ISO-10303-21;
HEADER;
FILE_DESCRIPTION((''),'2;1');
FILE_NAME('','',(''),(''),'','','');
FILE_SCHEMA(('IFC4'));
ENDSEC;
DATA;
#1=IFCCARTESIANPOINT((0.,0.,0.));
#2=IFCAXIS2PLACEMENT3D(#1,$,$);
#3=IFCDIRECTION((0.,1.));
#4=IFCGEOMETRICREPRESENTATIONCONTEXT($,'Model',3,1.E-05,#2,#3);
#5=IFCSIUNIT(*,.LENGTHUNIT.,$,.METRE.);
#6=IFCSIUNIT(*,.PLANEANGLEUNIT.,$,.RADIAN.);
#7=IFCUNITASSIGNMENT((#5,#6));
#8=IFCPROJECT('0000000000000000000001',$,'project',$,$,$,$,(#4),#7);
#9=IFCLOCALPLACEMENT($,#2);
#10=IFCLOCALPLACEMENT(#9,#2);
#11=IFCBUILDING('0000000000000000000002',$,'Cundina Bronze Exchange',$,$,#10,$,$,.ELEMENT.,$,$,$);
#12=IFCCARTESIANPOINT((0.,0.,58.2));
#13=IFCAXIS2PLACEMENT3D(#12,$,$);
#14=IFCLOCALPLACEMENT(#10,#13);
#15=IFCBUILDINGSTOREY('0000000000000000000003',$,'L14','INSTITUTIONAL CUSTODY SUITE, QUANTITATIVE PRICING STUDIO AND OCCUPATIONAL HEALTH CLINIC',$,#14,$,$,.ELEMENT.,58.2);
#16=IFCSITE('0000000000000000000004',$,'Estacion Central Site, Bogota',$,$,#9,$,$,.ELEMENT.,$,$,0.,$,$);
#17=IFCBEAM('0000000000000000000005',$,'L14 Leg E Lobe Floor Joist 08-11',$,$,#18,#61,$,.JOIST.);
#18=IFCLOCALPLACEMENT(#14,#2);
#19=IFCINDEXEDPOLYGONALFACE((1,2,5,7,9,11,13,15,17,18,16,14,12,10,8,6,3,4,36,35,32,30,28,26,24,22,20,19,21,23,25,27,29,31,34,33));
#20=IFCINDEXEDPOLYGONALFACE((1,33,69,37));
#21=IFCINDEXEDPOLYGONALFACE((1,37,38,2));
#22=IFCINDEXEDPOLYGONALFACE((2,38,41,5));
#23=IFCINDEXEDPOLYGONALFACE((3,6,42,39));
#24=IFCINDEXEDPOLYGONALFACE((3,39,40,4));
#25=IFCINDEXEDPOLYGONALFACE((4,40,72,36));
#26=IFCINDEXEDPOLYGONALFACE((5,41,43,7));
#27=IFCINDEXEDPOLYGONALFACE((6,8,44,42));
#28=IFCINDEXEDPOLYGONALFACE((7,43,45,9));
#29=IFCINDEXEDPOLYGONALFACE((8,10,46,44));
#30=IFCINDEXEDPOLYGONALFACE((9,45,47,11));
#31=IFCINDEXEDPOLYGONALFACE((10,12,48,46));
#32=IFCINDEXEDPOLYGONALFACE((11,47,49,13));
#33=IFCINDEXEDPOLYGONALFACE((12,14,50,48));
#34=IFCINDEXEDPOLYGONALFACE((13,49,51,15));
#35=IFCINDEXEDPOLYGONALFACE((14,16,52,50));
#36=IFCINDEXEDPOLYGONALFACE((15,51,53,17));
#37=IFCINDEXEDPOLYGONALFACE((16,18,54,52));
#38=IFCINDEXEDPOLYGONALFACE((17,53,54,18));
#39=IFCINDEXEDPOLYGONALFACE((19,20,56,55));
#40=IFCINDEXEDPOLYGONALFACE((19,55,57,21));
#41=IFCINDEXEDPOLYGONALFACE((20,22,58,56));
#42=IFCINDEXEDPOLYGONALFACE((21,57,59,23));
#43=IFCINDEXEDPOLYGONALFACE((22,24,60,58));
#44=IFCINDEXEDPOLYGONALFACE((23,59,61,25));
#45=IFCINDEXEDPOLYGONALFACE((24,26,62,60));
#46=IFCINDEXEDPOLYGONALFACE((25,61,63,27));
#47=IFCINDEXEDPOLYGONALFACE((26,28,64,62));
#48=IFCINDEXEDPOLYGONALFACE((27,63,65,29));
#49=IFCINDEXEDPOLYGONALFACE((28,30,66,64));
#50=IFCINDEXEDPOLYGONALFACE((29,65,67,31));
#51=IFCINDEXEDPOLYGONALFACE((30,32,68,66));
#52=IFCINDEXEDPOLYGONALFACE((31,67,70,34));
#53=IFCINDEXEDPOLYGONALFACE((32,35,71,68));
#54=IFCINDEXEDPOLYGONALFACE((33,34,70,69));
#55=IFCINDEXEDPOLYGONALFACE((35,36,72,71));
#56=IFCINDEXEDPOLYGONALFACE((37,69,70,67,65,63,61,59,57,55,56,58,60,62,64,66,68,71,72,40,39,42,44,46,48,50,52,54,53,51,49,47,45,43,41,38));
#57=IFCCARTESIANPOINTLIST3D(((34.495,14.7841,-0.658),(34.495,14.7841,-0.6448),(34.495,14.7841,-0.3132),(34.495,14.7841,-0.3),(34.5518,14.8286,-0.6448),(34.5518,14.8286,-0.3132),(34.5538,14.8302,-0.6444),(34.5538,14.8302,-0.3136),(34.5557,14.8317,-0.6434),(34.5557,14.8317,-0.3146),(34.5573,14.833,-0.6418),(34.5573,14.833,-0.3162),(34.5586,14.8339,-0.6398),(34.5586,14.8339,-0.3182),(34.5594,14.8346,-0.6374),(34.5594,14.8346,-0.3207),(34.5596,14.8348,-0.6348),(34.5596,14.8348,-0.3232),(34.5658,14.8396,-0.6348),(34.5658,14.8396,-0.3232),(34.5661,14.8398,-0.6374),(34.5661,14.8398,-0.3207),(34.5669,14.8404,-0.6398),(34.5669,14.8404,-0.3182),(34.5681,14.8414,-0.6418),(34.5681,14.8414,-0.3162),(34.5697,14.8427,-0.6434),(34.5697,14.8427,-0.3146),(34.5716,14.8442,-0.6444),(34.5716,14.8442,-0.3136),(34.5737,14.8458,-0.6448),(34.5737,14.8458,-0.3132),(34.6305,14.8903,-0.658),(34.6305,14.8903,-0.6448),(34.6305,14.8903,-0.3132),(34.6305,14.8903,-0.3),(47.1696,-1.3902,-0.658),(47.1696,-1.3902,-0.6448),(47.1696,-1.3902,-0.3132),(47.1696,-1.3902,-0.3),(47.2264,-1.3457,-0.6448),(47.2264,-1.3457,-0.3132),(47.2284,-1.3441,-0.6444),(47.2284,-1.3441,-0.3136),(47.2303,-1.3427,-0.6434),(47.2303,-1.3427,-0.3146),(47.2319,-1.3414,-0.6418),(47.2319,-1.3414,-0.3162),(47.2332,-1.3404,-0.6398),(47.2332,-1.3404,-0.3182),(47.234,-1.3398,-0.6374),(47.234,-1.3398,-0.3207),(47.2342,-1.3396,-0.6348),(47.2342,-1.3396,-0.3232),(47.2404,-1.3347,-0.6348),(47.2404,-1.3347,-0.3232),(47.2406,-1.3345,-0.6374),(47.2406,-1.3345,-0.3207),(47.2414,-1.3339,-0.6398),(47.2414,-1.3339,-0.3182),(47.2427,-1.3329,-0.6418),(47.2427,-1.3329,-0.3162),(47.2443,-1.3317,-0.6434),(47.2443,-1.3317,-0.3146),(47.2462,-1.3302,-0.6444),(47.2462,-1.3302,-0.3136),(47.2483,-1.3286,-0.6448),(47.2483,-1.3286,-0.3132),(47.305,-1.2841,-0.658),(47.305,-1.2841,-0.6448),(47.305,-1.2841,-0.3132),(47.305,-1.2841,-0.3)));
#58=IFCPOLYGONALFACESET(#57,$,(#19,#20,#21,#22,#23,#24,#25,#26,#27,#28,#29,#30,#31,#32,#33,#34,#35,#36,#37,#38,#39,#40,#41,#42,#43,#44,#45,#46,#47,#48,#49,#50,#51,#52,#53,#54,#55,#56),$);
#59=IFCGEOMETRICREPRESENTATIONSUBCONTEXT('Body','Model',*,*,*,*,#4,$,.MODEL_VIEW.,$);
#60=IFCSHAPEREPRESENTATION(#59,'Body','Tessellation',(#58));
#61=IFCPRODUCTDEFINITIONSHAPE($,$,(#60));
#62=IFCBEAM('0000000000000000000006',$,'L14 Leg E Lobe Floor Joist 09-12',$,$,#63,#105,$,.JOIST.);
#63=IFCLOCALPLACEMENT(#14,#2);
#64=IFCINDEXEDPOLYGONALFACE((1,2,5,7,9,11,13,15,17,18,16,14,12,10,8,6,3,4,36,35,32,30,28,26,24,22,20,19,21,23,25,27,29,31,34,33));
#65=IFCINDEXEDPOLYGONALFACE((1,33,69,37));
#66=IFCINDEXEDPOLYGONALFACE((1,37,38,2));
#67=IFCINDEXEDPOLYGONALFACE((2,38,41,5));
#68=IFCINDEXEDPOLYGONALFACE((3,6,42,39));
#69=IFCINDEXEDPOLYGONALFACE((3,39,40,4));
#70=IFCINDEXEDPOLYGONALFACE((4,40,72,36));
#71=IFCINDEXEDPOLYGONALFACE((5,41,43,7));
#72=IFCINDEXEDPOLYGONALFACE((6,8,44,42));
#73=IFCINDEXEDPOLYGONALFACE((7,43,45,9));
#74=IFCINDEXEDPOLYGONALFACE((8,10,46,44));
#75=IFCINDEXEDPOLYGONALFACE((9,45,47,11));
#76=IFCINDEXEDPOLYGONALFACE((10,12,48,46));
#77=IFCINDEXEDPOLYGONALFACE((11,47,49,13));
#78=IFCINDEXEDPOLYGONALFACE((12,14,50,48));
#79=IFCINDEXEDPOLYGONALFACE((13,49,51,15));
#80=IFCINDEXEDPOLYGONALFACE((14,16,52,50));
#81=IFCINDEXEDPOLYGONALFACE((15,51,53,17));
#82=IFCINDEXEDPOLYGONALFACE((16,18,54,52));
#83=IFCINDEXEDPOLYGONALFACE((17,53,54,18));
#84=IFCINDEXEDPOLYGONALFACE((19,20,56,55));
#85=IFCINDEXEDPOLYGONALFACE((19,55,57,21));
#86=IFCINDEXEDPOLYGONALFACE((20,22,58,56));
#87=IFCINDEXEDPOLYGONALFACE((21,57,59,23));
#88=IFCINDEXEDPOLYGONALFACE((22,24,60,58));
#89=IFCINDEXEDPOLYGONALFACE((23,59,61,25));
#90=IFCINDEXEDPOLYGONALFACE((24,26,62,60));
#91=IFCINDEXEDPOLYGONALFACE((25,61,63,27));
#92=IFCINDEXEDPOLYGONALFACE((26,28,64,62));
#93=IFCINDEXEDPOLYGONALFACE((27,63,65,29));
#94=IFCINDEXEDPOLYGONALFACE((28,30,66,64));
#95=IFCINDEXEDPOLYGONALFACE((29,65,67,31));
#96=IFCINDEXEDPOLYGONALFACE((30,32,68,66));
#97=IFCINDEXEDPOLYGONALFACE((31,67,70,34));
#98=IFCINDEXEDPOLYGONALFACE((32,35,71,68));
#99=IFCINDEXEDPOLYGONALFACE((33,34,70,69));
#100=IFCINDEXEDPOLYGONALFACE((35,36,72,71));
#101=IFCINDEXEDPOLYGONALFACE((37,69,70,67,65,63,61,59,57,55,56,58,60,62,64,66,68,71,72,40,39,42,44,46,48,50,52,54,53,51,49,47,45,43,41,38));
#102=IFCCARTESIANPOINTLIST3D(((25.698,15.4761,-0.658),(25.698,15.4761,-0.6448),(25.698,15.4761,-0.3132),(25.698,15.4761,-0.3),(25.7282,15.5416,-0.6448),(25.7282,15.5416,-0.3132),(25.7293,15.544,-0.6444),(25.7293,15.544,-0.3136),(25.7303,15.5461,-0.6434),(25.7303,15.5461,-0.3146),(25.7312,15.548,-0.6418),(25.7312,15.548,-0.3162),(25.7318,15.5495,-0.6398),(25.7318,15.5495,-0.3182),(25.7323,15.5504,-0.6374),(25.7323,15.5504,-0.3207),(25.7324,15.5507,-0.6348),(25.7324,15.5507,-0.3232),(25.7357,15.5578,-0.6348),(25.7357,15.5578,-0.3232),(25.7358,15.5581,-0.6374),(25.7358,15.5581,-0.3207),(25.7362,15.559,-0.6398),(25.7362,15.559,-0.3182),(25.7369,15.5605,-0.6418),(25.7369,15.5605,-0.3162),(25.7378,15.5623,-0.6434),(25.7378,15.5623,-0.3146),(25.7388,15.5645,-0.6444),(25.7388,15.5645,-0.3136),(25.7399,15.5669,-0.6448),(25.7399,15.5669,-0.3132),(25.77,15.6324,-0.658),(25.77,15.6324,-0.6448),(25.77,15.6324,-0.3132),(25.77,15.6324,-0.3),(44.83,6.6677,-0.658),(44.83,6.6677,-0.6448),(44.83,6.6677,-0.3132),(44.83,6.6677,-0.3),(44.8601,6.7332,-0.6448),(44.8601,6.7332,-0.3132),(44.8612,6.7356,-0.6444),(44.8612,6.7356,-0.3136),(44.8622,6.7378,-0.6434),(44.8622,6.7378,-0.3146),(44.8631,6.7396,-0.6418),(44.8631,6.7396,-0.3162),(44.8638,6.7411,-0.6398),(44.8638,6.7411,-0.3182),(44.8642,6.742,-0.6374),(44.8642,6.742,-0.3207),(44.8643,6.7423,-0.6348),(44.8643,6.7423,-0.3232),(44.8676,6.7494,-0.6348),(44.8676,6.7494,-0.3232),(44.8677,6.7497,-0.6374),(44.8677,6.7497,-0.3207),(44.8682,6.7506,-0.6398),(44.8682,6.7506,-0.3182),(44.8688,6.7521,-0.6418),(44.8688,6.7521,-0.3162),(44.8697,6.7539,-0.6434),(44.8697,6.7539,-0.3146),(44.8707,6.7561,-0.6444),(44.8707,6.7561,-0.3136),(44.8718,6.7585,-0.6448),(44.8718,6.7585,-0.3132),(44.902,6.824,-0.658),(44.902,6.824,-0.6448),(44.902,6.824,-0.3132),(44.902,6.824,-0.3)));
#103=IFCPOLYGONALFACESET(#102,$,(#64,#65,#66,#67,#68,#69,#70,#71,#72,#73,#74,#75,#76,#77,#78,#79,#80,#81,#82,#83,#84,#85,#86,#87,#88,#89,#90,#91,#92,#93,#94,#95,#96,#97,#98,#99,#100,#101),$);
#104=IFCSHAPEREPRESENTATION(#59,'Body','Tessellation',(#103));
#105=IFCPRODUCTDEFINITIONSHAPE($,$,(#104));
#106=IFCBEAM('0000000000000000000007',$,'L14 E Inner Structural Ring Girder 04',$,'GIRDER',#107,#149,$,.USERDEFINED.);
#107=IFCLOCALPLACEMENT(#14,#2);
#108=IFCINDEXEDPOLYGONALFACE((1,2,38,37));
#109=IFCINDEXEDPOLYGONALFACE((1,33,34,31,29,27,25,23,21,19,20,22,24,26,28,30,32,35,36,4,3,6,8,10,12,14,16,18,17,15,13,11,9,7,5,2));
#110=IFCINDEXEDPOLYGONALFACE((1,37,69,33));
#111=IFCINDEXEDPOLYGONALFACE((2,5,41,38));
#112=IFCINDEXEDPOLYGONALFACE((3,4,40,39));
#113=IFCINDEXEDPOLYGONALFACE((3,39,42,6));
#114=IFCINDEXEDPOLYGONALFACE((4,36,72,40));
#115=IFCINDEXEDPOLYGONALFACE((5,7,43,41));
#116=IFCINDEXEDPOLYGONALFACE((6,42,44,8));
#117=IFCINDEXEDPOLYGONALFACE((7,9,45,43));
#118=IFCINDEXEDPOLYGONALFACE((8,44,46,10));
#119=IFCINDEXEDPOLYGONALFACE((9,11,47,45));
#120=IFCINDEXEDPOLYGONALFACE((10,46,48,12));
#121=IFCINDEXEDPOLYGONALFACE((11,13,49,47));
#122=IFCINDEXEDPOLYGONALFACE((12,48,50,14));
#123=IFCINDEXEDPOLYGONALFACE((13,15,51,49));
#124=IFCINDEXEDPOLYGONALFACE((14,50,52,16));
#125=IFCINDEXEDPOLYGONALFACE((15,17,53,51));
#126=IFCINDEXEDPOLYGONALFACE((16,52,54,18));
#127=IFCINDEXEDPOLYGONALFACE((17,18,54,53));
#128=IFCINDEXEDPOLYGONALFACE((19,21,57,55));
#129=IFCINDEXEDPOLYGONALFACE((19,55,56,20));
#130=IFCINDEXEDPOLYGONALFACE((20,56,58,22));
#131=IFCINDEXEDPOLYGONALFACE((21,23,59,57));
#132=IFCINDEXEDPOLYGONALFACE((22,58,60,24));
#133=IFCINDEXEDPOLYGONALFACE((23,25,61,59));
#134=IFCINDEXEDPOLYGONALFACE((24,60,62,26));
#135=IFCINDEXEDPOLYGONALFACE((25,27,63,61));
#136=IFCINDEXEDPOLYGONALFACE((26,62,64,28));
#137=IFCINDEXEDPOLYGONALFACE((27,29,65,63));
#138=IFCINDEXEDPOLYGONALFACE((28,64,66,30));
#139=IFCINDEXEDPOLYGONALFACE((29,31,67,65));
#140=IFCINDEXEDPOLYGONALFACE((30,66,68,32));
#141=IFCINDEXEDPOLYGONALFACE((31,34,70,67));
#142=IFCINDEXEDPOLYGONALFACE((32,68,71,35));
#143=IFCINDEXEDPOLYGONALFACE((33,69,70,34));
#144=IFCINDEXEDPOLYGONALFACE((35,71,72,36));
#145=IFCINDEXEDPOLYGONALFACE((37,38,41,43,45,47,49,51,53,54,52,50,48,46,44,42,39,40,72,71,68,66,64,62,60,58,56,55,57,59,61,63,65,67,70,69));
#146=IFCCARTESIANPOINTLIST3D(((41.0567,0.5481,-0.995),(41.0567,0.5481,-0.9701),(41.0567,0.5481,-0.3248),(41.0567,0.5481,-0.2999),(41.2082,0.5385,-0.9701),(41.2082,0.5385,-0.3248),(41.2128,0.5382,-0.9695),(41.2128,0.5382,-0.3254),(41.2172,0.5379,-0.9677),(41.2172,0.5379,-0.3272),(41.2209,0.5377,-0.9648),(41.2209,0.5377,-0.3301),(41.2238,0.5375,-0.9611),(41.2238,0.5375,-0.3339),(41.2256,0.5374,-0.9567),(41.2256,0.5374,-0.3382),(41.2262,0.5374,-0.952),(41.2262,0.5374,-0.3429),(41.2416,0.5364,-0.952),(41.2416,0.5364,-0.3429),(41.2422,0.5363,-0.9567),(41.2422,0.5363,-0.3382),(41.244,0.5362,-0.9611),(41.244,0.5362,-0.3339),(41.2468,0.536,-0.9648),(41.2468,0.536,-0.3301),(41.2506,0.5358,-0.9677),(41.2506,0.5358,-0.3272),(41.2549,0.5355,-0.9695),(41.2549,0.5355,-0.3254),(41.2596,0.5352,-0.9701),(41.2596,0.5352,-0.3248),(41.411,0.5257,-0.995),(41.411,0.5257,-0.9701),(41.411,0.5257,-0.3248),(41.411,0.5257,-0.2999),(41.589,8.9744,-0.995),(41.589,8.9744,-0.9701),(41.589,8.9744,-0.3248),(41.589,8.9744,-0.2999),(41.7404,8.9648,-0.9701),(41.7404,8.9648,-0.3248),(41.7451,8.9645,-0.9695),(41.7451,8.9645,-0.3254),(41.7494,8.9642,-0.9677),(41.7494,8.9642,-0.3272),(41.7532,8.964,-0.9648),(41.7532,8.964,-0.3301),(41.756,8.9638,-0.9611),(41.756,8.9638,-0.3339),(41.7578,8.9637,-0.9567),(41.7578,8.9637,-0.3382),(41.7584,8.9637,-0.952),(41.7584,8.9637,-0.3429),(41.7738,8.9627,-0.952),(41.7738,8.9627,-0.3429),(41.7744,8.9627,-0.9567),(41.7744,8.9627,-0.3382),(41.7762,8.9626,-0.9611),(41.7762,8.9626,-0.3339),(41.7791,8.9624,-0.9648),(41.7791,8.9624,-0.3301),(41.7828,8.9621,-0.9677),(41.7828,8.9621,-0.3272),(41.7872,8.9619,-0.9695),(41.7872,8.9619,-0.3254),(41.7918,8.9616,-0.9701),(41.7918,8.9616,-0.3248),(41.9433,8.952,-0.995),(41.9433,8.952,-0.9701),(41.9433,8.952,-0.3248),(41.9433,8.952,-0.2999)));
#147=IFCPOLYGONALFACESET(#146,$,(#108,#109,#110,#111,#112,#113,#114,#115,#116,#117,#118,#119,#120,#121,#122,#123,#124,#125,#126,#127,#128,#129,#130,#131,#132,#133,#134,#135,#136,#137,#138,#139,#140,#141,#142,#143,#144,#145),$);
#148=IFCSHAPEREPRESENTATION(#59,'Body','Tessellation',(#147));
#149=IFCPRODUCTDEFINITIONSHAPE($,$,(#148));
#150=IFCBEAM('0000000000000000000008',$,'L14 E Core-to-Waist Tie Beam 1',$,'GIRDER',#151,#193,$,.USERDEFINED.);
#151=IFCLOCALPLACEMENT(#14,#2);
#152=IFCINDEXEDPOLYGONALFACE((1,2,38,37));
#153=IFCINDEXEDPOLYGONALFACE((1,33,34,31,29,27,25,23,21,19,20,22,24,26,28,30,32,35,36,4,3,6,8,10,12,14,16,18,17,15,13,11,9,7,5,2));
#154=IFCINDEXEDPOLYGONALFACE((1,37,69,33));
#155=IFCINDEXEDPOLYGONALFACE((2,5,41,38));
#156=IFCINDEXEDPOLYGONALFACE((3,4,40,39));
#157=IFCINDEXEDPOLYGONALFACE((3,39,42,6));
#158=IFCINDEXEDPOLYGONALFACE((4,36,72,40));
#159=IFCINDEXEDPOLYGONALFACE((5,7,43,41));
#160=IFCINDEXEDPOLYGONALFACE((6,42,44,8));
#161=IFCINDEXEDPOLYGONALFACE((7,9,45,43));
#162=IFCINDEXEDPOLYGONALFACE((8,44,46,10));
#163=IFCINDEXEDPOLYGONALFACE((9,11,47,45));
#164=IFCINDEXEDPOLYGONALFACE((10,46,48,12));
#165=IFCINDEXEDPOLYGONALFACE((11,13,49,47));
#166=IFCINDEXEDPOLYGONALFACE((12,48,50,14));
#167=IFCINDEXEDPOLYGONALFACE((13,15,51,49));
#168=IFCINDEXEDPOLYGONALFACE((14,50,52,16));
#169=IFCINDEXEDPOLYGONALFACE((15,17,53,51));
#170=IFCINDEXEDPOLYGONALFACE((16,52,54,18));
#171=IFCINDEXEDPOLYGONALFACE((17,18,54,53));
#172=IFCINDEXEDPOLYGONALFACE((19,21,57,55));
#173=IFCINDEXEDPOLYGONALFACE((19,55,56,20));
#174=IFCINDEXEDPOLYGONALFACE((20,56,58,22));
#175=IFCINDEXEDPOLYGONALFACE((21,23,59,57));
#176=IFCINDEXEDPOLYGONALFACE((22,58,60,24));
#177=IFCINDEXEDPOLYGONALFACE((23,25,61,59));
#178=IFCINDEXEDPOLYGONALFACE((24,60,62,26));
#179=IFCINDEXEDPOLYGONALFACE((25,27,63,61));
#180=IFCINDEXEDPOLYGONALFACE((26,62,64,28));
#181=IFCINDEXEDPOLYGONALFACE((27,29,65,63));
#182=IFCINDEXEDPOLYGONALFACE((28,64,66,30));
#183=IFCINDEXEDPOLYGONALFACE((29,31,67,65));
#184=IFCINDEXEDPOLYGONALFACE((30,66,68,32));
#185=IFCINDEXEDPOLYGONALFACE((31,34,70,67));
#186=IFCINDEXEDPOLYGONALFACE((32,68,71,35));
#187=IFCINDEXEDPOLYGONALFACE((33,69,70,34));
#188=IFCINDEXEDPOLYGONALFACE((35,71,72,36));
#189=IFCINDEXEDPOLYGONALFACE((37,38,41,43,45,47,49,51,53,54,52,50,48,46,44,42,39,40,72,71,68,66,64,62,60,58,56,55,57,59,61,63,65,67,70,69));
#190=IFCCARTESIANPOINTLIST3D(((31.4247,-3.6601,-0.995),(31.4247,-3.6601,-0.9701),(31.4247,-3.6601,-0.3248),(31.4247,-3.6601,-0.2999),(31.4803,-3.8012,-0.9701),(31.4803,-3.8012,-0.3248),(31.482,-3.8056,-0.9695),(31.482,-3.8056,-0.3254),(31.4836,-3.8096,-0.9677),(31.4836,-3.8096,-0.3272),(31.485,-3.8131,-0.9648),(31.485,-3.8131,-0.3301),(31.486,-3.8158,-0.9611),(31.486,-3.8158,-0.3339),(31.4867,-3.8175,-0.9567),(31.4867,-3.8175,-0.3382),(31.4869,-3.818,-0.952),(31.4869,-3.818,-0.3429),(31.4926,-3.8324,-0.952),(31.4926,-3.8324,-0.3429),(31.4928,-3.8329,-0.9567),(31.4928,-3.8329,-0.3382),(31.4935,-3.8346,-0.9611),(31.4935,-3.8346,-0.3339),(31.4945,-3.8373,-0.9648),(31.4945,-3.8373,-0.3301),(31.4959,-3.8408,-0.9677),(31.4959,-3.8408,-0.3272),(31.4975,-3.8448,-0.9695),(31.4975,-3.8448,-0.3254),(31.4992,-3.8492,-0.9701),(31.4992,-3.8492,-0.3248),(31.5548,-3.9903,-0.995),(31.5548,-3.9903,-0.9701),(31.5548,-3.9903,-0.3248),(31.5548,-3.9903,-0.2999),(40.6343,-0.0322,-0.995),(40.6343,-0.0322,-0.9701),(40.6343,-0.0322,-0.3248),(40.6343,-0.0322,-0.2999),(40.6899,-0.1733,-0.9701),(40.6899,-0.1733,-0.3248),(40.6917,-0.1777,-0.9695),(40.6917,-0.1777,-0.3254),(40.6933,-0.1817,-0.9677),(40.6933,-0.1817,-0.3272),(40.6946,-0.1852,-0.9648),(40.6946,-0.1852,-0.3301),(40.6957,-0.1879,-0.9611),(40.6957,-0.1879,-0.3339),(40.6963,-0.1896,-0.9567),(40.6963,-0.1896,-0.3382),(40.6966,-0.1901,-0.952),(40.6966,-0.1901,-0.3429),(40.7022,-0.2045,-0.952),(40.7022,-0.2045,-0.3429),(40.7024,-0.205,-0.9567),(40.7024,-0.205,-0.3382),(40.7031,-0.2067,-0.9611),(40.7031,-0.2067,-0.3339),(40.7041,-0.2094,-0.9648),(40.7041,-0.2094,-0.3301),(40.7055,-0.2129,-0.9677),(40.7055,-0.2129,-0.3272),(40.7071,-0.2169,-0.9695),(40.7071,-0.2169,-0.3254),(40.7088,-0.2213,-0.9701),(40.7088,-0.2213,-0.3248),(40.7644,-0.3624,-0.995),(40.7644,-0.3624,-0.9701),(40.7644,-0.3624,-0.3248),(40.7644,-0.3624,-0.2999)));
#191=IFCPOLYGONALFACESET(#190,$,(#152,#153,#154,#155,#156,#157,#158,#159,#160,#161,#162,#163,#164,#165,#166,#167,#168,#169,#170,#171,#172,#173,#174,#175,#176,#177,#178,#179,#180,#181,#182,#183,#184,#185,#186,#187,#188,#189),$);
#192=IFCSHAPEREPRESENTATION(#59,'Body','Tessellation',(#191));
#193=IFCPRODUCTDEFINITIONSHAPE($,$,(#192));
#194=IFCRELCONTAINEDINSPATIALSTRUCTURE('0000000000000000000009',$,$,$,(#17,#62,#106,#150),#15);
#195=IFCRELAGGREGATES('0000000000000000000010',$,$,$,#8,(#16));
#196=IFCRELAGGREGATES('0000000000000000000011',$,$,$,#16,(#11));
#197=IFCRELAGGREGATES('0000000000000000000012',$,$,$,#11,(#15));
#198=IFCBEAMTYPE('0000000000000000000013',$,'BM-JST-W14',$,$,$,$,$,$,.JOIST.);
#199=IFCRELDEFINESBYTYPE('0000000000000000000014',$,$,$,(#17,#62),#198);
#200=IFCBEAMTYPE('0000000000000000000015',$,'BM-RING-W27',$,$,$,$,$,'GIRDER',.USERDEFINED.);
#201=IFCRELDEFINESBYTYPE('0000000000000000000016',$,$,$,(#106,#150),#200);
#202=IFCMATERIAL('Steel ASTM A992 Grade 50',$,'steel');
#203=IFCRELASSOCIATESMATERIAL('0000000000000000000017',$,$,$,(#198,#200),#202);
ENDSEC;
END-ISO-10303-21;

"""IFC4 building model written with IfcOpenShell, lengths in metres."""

from ifc_helpers import new_model, si_unit, direction, frame, origin, origin_2d, place, context, subcontext, project, spatial, i_section, extrude, material, material_profile, profile_set, type_object, element, save


model = new_model("IFC4")

# Units and contexts
model_context = context("Model", 3, precision=1e-05, world=origin(), true_north=direction((0.0, 1.0)))
body_context = subcontext(model_context, "Body", "Model", "MODEL_VIEW")
ifc_project = project(units=[si_unit("LENGTHUNIT", "METRE"), si_unit("PLANEANGLEUNIT", "RADIAN")], contexts=[model_context])

# Site, building, storey
site_placement = place(None, origin())
site = spatial("IfcSite", under=ifc_project, at=site_placement, Name="Estacion Central Site, Bogota", CompositionType="ELEMENT", RefElevation=0.0)
building_placement = place(site_placement, origin())
building = spatial("IfcBuilding", under=site, at=building_placement, Name="Cundina Bronze Exchange", CompositionType="ELEMENT")
storey_placement = place(building_placement, frame((0.0, 0.0, 58.2)))
storey = spatial("IfcBuildingStorey", under=building, at=storey_placement, Name="L14", Description="INSTITUTIONAL CUSTODY SUITE, QUANTITATIVE PRICING STUDIO AND OCCUPATIONAL HEALTH CLINIC", CompositionType="ELEMENT", Elevation=58.2)

# Shared definitions
ifc_material_1 = material(Name="Steel ASTM A992 Grade 50", Category="steel")

# Beams
ifc_material_profile_1 = material_profile(ifc_material_1, i_section(OverallWidth=0.1721, OverallDepth=0.3579, WebThickness=0.0078, FlangeThickness=0.0132, FilletRadius=0.01, at=origin_2d()), Name="W14X38", Category="steel")
ifc_profile_set_1 = profile_set([ifc_material_profile_1], Name="Steel ASTM A992 Grade 50")
beam_type_1 = type_object("IfcBeamType", Name="BM-JST-W14", PredefinedType="JOIST", material=ifc_profile_set_1)
beam_1_placement = place(storey_placement, frame((47.2373, -1.3372, -0.479), z_axis=(-0.616803, 0.787117, 0.0), x_axis=(-0.787117, -0.616803, 0.0)))
element("IfcBeam", 1, at=beam_1_placement, inside=storey, type_object=beam_type_1, Name="L14 Leg E Lobe Floor Joist 08-11", PredefinedType="JOIST", context=body_context, shape_type="SweptSolid", body=[
    extrude(i_section(OverallWidth=0.1721, OverallDepth=0.3579, WebThickness=0.0078, FlangeThickness=0.0132, FilletRadius=0.01, at=origin_2d()), origin(), (0.0, 0.0, 1.0), 20.5488),
])
beam_2_placement = place(storey_placement, frame((44.866, 6.7458, -0.479), z_axis=(-0.908352, 0.418208, 0.0), x_axis=(-0.418208, -0.908352, 0.0)))
element("IfcBeam", 2, at=beam_2_placement, inside=storey, type_object=beam_type_1, Name="L14 Leg E Lobe Floor Joist 09-12", PredefinedType="JOIST", context=body_context, shape_type="SweptSolid", body=[
    extrude(i_section(OverallWidth=0.1721, OverallDepth=0.3579, WebThickness=0.0078, FlangeThickness=0.0132, FilletRadius=0.01, at=origin_2d()), origin(), (0.0, 0.0, 1.0), 21.0623),
])
ifc_material_profile_2 = material_profile(ifc_material_1, i_section(OverallWidth=0.355, OverallDepth=0.6951, WebThickness=0.0154, FlangeThickness=0.0249, FilletRadius=0.0181, at=origin_2d()), Name="W27X146", Category="steel")
ifc_profile_set_2 = profile_set([ifc_material_profile_2], Name="Steel ASTM A992 Grade 50")
beam_type_2 = type_object("IfcBeamType", Name="BM-RING-W27", ElementType="GIRDER", PredefinedType="USERDEFINED", material=ifc_profile_set_2)
beam_3_placement = place(storey_placement, frame((41.2339, 0.5369, -0.6475), z_axis=(0.063037, 0.998011, 0.0), x_axis=(-0.998011, 0.063037, 0.0)))
element("IfcBeam", 3, at=beam_3_placement, inside=storey, type_object=beam_type_2, Name="L14 E Inner Structural Ring Girder 04", ObjectType="GIRDER", PredefinedType="USERDEFINED", context=body_context, shape_type="SweptSolid", body=[
    extrude(i_section(OverallWidth=0.355, OverallDepth=0.6951, WebThickness=0.0154, FlangeThickness=0.0249, FilletRadius=0.0181, at=origin_2d()), origin(), (0.0, 0.0, 1.0), 8.4431),
])
beam_4_placement = place(storey_placement, frame((31.4897, -3.8252, -0.6475), z_axis=(0.930413, 0.366512, 0.0), x_axis=(-0.366512, 0.930413, 0.0)))
element("IfcBeam", 4, at=beam_4_placement, inside=storey, type_object=beam_type_2, Name="L14 E Core-to-Waist Tie Beam 1", ObjectType="GIRDER", PredefinedType="USERDEFINED", context=body_context, shape_type="SweptSolid", body=[
    extrude(i_section(OverallWidth=0.355, OverallDepth=0.6951, WebThickness=0.0154, FlangeThickness=0.0249, FilletRadius=0.0181, at=origin_2d()), origin(), (0.0, 0.0, 1.0), 9.8984),
])

save(model, "model.ifc")
